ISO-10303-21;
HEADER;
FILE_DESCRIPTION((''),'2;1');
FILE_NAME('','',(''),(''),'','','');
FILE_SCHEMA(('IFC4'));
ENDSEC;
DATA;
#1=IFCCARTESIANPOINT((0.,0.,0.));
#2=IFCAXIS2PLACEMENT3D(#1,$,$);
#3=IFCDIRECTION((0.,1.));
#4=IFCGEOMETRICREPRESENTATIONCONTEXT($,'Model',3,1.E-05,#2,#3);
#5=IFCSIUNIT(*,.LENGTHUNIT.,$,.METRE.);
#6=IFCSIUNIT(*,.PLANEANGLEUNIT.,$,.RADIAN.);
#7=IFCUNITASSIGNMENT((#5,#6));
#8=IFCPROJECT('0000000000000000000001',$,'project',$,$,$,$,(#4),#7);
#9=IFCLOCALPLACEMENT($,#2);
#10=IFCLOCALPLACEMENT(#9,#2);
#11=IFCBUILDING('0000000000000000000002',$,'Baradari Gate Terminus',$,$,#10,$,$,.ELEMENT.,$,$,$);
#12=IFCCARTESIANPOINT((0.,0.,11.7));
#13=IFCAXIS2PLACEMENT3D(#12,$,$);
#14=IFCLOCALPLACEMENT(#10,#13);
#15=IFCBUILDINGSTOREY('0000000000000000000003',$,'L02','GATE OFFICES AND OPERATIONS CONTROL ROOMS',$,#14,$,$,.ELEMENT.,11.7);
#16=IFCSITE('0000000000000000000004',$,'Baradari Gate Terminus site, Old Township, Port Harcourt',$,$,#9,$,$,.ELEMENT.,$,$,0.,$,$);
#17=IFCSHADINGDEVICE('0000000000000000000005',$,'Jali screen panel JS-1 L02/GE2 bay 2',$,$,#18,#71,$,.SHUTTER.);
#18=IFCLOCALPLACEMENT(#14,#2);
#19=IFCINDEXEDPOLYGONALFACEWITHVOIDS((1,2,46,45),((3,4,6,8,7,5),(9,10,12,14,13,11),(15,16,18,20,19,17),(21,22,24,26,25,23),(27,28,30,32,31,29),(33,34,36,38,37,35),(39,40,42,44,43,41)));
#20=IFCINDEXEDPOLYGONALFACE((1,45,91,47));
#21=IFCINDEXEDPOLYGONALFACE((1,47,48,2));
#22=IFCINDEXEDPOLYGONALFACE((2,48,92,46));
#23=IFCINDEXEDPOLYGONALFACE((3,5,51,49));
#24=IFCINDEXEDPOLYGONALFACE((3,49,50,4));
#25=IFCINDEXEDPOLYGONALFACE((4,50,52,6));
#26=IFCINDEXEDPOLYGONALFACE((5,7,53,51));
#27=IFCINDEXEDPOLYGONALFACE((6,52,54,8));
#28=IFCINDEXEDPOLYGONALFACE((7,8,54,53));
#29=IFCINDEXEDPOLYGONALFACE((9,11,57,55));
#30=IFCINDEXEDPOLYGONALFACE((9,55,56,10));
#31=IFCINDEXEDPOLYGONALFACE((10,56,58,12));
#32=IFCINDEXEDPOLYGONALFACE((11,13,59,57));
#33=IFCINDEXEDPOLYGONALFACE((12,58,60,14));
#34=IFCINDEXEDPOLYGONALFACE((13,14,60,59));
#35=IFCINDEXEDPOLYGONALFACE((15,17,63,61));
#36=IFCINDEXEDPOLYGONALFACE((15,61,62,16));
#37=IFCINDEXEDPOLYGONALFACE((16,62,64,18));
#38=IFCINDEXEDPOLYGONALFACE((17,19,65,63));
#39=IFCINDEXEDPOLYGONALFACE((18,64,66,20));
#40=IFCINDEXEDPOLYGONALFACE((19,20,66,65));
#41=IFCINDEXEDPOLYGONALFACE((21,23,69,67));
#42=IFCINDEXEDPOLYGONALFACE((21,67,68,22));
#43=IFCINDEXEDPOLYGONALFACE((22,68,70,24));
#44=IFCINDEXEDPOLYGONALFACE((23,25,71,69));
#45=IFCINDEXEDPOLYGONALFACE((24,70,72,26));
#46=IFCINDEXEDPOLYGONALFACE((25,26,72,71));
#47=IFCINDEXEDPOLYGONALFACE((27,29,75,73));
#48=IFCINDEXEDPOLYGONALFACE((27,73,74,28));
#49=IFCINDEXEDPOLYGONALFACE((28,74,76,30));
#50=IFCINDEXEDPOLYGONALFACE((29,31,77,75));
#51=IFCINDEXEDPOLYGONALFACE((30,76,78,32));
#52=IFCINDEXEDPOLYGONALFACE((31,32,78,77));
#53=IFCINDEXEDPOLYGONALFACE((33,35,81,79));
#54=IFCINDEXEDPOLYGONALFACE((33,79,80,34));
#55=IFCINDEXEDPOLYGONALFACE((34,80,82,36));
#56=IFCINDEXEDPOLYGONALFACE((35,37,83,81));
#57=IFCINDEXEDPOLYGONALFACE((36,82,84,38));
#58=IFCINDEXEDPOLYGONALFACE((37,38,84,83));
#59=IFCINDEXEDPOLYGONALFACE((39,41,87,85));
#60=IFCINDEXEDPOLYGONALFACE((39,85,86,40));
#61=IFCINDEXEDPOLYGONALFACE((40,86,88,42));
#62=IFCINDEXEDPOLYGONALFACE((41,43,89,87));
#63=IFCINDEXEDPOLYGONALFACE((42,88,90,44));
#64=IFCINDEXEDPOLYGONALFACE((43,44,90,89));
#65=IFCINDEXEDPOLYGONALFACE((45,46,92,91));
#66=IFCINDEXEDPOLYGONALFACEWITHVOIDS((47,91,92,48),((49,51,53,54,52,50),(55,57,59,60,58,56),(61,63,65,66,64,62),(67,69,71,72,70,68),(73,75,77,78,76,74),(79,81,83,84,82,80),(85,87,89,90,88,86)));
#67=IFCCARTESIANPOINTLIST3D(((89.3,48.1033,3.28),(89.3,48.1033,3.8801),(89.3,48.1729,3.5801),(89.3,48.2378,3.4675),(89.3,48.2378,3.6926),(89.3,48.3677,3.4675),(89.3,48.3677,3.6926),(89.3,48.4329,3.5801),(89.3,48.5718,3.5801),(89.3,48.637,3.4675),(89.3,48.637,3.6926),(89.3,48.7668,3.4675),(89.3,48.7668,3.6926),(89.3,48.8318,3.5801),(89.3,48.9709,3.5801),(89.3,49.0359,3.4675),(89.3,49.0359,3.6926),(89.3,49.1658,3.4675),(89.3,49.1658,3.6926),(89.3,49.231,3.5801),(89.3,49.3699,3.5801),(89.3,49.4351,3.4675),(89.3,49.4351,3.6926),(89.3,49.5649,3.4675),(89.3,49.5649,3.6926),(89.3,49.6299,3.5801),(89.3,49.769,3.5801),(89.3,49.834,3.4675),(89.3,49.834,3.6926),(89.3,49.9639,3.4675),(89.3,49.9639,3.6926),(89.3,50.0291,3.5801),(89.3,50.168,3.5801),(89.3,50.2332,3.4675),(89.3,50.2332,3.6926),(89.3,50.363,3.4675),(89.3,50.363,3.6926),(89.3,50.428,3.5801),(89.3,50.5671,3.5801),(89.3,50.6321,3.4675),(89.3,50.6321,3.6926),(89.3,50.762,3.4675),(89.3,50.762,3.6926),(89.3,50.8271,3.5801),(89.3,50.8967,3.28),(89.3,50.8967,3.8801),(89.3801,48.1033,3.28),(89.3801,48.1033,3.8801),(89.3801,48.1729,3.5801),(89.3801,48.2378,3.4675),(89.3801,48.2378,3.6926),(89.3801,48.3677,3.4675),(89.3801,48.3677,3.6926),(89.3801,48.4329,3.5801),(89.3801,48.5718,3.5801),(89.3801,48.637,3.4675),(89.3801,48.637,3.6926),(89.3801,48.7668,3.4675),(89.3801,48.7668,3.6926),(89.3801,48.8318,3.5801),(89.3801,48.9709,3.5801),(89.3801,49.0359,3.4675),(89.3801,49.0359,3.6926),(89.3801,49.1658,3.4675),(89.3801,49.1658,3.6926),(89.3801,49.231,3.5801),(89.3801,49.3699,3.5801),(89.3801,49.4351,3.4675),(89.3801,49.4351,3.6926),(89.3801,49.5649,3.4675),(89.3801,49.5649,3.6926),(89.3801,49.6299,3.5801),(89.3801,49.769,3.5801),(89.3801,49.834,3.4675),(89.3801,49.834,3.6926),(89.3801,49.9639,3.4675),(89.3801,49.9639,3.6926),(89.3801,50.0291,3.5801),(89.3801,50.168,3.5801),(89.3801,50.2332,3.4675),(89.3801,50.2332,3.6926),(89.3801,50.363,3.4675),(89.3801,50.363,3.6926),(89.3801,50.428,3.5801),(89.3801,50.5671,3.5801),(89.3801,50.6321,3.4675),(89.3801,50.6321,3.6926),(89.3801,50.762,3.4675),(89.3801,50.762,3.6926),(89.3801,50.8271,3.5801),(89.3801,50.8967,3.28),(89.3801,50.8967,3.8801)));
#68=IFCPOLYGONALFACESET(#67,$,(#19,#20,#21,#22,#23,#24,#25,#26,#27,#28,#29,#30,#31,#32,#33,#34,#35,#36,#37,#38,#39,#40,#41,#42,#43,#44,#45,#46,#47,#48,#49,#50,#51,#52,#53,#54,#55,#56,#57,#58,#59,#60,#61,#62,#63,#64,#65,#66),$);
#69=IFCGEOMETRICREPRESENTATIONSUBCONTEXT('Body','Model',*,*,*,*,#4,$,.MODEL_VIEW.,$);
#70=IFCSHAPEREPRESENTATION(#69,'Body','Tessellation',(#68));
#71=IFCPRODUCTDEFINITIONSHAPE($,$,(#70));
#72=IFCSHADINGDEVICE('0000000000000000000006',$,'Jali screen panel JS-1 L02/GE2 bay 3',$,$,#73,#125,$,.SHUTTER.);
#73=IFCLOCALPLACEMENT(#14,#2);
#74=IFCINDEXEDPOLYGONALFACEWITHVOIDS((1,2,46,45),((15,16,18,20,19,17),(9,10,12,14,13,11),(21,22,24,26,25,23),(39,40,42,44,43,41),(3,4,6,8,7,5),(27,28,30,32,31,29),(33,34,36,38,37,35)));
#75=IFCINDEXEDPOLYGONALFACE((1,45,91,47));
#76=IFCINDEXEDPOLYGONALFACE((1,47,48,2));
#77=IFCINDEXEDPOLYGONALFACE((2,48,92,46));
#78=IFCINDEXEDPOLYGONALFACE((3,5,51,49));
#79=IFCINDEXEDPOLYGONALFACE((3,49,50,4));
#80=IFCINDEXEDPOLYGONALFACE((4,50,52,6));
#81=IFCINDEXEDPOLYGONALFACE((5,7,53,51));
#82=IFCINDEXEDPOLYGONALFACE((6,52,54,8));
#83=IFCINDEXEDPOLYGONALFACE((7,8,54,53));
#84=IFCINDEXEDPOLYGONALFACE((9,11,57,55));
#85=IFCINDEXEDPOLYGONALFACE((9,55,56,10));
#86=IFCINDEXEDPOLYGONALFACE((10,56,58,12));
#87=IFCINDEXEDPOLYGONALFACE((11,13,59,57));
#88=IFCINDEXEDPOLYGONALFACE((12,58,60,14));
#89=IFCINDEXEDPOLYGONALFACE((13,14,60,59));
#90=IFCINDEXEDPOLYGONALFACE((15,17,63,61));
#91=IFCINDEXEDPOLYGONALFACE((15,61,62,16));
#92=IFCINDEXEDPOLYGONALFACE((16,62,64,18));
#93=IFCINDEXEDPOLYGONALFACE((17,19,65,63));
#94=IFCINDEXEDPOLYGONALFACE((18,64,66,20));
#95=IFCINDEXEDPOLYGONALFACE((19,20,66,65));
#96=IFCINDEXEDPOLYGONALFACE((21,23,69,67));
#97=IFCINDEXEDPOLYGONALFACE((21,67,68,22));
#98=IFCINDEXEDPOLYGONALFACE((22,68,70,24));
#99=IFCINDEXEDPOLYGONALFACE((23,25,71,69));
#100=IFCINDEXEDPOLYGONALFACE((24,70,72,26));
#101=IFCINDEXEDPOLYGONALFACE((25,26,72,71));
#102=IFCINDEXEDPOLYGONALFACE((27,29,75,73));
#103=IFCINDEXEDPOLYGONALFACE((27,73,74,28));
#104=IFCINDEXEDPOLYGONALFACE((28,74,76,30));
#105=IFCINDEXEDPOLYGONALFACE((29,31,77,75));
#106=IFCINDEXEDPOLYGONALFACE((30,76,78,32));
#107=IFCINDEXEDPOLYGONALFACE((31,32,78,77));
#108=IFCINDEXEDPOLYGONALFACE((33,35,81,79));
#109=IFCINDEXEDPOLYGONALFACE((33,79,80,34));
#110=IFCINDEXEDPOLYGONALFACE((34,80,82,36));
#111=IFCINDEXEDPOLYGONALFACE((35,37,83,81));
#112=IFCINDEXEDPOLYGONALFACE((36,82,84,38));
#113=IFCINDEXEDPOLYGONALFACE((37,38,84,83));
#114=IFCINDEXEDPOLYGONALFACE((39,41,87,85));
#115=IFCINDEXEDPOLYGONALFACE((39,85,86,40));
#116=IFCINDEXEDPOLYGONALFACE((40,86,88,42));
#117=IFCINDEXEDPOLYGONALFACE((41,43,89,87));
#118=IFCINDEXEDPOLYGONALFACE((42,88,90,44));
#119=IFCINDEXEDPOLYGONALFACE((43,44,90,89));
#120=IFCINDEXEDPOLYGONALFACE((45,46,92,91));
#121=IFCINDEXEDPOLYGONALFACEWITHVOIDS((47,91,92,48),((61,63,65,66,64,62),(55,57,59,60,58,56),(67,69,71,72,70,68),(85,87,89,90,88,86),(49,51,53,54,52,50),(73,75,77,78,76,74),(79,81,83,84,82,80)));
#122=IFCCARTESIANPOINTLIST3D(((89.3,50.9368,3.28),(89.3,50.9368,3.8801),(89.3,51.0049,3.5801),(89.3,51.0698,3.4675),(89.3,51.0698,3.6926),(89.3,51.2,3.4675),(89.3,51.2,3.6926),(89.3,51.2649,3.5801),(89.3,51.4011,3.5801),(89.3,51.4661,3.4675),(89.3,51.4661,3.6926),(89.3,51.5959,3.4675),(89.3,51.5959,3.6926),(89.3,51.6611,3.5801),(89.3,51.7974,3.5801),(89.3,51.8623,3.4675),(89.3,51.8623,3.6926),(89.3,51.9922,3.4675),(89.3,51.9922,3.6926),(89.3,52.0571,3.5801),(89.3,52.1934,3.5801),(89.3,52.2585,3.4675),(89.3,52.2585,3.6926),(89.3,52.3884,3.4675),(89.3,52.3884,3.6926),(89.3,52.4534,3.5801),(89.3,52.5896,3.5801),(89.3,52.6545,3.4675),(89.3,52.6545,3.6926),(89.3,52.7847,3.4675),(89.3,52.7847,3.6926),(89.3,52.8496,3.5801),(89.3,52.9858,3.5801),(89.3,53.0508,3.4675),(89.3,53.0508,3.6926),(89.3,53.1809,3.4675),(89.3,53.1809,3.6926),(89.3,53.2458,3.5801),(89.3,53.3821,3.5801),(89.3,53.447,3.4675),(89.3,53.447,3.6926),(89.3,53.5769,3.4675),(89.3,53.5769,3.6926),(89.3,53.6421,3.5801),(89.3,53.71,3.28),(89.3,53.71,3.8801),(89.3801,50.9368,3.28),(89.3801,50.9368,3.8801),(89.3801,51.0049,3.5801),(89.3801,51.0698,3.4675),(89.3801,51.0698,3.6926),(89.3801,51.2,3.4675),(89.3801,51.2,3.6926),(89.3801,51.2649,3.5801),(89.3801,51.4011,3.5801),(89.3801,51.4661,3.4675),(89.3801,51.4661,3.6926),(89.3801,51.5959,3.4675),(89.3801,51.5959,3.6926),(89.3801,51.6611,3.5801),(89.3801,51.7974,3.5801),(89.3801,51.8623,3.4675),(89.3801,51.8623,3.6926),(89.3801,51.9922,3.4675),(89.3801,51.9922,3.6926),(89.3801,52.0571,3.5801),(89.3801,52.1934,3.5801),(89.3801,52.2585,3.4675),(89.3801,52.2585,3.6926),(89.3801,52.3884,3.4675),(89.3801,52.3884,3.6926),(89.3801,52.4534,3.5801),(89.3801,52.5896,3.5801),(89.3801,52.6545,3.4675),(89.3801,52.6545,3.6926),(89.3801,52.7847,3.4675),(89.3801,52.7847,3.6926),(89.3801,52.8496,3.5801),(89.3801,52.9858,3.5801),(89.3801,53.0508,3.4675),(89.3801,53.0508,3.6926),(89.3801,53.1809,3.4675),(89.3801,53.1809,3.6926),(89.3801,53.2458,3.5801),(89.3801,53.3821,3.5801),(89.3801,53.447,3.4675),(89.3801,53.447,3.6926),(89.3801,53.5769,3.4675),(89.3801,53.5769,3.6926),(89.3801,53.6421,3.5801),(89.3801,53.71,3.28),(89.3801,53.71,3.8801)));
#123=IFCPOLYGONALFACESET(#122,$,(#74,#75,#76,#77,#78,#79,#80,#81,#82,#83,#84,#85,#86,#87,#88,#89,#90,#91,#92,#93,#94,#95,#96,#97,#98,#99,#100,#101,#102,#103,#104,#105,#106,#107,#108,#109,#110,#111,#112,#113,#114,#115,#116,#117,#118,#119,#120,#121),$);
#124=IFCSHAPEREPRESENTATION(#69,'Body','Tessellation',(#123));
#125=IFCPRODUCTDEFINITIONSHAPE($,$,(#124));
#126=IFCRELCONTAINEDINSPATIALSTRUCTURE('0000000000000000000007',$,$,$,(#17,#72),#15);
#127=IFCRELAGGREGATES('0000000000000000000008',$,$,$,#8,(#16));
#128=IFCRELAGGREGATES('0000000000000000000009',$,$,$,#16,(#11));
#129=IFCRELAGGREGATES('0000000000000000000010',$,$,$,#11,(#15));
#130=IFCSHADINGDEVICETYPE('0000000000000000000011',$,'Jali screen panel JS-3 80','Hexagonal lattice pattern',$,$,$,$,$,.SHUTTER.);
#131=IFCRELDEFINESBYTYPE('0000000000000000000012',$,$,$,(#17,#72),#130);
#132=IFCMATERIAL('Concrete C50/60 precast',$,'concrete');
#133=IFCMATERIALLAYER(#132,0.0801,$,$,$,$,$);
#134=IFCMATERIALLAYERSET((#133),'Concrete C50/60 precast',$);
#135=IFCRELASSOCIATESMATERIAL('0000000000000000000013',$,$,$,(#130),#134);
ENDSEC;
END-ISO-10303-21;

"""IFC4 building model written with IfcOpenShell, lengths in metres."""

from ifc_helpers import new_model, si_unit, direction, frame, origin, place, context, subcontext, project, spatial, polyline, outline, extrude, material, layer, layer_set, type_object, element, save


model = new_model("IFC4")

# Units and contexts
model_context = context("Model", 3, precision=1e-05, world=origin(), true_north=direction((0.0, 1.0)))
body_context = subcontext(model_context, "Body", "Model", "MODEL_VIEW")
ifc_project = project(units=[si_unit("LENGTHUNIT", "METRE"), si_unit("PLANEANGLEUNIT", "RADIAN")], contexts=[model_context])

# Site, building, storey
site_placement = place(None, origin())
site = spatial("IfcSite", under=ifc_project, at=site_placement, Name="Baradari Gate Terminus site, Old Township, Port Harcourt", CompositionType="ELEMENT", RefElevation=0.0)
building_placement = place(site_placement, origin())
building = spatial("IfcBuilding", under=site, at=building_placement, Name="Baradari Gate Terminus", CompositionType="ELEMENT")
storey_placement = place(building_placement, frame((0.0, 0.0, 11.7)))
storey = spatial("IfcBuildingStorey", under=building, at=storey_placement, Name="L02", Description="GATE OFFICES AND OPERATIONS CONTROL ROOMS", CompositionType="ELEMENT", Elevation=11.7)

# Shading devices
ifc_material_1 = material(Name="Concrete C50/60 precast", Category="concrete")
ifc_layer = layer(ifc_material_1, 0.0801)
ifc_layer_set = layer_set([ifc_layer], Name="Concrete C50/60 precast")
shading_device_type = type_object("IfcShadingDeviceType", Name="Jali screen panel JS-3 80", Description="Hexagonal lattice pattern", PredefinedType="SHUTTER", material=ifc_layer_set)
shading_device_1_placement = place(storey_placement, frame((89.3401, 48.1033, 3.28), z_axis=(0.0, 0.0, 1.0), x_axis=(0.0, 1.0, 0.0)))
element("IfcShadingDevice", 1, at=shading_device_1_placement, inside=storey, type_object=shading_device_type, Name="Jali screen panel JS-1 L02/GE2 bay 2", PredefinedType="SHUTTER", context=body_context, shape_type="SweptSolid", body=[
    extrude(outline(polyline([(0.0, 0.0), (2.7935, 0.0), (2.7935, 0.6001), (0.0, 0.6001), (0.0, 0.0)]), holes=[polyline([(0.3296, 0.3), (0.2644, 0.1875), (0.1345, 0.1875), (0.0696, 0.3), (0.1345, 0.4126), (0.2644, 0.4126), (0.3296, 0.3)]), polyline([(0.7285, 0.3), (0.6636, 0.1875), (0.5337, 0.1875), (0.4685, 0.3), (0.5337, 0.4126), (0.6636, 0.4126), (0.7285, 0.3)]), polyline([(1.1277, 0.3), (1.0625, 0.1875), (0.9326, 0.1875), (0.8677, 0.3), (0.9326, 0.4126), (1.0625, 0.4126), (1.1277, 0.3)]), polyline([(1.5266, 0.3), (1.4617, 0.1875), (1.3318, 0.1875), (1.2666, 0.3), (1.3318, 0.4126), (1.4617, 0.4126), (1.5266, 0.3)]), polyline([(1.9258, 0.3), (1.8606, 0.1875), (1.7307, 0.1875), (1.6658, 0.3), (1.7307, 0.4126), (1.8606, 0.4126), (1.9258, 0.3)]), polyline([(2.3247, 0.3), (2.2598, 0.1875), (2.1299, 0.1875), (2.0647, 0.3), (2.1299, 0.4126), (2.2598, 0.4126), (2.3247, 0.3)]), polyline([(2.7239, 0.3), (2.6587, 0.1875), (2.5288, 0.1875), (2.4639, 0.3), (2.5288, 0.4126), (2.6587, 0.4126), (2.7239, 0.3)])]), frame((0.0, 0.04, 0.0), z_axis=(0.0, -1.0, 0.0), x_axis=(1.0, 0.0, 0.0)), (0.0, 0.0, 1.0), 0.0801),
])
shading_device_2_placement = place(storey_placement, frame((89.3401, 50.9368, 3.28), z_axis=(0.0, 0.0, 1.0), x_axis=(0.0, 1.0, 0.0)))
element("IfcShadingDevice", 2, at=shading_device_2_placement, inside=storey, type_object=shading_device_type, Name="Jali screen panel JS-1 L02/GE2 bay 3", PredefinedType="SHUTTER", context=body_context, shape_type="SweptSolid", body=[
    extrude(outline(polyline([(0.0, 0.0), (2.7732, 0.0), (2.7732, 0.6001), (0.0, 0.6001), (0.0, 0.0)]), holes=[polyline([(0.3281, 0.3), (0.2632, 0.1875), (0.1331, 0.1875), (0.0681, 0.3), (0.1331, 0.4126), (0.2632, 0.4126), (0.3281, 0.3)]), polyline([(0.7244, 0.3), (0.6592, 0.1875), (0.5293, 0.1875), (0.4644, 0.3), (0.5293, 0.4126), (0.6592, 0.4126), (0.7244, 0.3)]), polyline([(1.1204, 0.3), (1.0554, 0.1875), (0.9255, 0.1875), (0.8606, 0.3), (0.9255, 0.4126), (1.0554, 0.4126), (1.1204, 0.3)]), polyline([(1.5166, 0.3), (1.4517, 0.1875), (1.3218, 0.1875), (1.2566, 0.3), (1.3218, 0.4126), (1.4517, 0.4126), (1.5166, 0.3)]), polyline([(1.9128, 0.3), (1.8479, 0.1875), (1.7178, 0.1875), (1.6528, 0.3), (1.7178, 0.4126), (1.8479, 0.4126), (1.9128, 0.3)]), polyline([(2.3091, 0.3), (2.2441, 0.1875), (2.114, 0.1875), (2.0491, 0.3), (2.114, 0.4126), (2.2441, 0.4126), (2.3091, 0.3)]), polyline([(2.7053, 0.3), (2.6401, 0.1875), (2.5103, 0.1875), (2.4453, 0.3), (2.5103, 0.4126), (2.6401, 0.4126), (2.7053, 0.3)])]), frame((0.0, 0.04, 0.0), z_axis=(0.0, -1.0, 0.0), x_axis=(1.0, 0.0, 0.0)), (0.0, 0.0, 1.0), 0.0801),
])

save(model, "model.ifc")
